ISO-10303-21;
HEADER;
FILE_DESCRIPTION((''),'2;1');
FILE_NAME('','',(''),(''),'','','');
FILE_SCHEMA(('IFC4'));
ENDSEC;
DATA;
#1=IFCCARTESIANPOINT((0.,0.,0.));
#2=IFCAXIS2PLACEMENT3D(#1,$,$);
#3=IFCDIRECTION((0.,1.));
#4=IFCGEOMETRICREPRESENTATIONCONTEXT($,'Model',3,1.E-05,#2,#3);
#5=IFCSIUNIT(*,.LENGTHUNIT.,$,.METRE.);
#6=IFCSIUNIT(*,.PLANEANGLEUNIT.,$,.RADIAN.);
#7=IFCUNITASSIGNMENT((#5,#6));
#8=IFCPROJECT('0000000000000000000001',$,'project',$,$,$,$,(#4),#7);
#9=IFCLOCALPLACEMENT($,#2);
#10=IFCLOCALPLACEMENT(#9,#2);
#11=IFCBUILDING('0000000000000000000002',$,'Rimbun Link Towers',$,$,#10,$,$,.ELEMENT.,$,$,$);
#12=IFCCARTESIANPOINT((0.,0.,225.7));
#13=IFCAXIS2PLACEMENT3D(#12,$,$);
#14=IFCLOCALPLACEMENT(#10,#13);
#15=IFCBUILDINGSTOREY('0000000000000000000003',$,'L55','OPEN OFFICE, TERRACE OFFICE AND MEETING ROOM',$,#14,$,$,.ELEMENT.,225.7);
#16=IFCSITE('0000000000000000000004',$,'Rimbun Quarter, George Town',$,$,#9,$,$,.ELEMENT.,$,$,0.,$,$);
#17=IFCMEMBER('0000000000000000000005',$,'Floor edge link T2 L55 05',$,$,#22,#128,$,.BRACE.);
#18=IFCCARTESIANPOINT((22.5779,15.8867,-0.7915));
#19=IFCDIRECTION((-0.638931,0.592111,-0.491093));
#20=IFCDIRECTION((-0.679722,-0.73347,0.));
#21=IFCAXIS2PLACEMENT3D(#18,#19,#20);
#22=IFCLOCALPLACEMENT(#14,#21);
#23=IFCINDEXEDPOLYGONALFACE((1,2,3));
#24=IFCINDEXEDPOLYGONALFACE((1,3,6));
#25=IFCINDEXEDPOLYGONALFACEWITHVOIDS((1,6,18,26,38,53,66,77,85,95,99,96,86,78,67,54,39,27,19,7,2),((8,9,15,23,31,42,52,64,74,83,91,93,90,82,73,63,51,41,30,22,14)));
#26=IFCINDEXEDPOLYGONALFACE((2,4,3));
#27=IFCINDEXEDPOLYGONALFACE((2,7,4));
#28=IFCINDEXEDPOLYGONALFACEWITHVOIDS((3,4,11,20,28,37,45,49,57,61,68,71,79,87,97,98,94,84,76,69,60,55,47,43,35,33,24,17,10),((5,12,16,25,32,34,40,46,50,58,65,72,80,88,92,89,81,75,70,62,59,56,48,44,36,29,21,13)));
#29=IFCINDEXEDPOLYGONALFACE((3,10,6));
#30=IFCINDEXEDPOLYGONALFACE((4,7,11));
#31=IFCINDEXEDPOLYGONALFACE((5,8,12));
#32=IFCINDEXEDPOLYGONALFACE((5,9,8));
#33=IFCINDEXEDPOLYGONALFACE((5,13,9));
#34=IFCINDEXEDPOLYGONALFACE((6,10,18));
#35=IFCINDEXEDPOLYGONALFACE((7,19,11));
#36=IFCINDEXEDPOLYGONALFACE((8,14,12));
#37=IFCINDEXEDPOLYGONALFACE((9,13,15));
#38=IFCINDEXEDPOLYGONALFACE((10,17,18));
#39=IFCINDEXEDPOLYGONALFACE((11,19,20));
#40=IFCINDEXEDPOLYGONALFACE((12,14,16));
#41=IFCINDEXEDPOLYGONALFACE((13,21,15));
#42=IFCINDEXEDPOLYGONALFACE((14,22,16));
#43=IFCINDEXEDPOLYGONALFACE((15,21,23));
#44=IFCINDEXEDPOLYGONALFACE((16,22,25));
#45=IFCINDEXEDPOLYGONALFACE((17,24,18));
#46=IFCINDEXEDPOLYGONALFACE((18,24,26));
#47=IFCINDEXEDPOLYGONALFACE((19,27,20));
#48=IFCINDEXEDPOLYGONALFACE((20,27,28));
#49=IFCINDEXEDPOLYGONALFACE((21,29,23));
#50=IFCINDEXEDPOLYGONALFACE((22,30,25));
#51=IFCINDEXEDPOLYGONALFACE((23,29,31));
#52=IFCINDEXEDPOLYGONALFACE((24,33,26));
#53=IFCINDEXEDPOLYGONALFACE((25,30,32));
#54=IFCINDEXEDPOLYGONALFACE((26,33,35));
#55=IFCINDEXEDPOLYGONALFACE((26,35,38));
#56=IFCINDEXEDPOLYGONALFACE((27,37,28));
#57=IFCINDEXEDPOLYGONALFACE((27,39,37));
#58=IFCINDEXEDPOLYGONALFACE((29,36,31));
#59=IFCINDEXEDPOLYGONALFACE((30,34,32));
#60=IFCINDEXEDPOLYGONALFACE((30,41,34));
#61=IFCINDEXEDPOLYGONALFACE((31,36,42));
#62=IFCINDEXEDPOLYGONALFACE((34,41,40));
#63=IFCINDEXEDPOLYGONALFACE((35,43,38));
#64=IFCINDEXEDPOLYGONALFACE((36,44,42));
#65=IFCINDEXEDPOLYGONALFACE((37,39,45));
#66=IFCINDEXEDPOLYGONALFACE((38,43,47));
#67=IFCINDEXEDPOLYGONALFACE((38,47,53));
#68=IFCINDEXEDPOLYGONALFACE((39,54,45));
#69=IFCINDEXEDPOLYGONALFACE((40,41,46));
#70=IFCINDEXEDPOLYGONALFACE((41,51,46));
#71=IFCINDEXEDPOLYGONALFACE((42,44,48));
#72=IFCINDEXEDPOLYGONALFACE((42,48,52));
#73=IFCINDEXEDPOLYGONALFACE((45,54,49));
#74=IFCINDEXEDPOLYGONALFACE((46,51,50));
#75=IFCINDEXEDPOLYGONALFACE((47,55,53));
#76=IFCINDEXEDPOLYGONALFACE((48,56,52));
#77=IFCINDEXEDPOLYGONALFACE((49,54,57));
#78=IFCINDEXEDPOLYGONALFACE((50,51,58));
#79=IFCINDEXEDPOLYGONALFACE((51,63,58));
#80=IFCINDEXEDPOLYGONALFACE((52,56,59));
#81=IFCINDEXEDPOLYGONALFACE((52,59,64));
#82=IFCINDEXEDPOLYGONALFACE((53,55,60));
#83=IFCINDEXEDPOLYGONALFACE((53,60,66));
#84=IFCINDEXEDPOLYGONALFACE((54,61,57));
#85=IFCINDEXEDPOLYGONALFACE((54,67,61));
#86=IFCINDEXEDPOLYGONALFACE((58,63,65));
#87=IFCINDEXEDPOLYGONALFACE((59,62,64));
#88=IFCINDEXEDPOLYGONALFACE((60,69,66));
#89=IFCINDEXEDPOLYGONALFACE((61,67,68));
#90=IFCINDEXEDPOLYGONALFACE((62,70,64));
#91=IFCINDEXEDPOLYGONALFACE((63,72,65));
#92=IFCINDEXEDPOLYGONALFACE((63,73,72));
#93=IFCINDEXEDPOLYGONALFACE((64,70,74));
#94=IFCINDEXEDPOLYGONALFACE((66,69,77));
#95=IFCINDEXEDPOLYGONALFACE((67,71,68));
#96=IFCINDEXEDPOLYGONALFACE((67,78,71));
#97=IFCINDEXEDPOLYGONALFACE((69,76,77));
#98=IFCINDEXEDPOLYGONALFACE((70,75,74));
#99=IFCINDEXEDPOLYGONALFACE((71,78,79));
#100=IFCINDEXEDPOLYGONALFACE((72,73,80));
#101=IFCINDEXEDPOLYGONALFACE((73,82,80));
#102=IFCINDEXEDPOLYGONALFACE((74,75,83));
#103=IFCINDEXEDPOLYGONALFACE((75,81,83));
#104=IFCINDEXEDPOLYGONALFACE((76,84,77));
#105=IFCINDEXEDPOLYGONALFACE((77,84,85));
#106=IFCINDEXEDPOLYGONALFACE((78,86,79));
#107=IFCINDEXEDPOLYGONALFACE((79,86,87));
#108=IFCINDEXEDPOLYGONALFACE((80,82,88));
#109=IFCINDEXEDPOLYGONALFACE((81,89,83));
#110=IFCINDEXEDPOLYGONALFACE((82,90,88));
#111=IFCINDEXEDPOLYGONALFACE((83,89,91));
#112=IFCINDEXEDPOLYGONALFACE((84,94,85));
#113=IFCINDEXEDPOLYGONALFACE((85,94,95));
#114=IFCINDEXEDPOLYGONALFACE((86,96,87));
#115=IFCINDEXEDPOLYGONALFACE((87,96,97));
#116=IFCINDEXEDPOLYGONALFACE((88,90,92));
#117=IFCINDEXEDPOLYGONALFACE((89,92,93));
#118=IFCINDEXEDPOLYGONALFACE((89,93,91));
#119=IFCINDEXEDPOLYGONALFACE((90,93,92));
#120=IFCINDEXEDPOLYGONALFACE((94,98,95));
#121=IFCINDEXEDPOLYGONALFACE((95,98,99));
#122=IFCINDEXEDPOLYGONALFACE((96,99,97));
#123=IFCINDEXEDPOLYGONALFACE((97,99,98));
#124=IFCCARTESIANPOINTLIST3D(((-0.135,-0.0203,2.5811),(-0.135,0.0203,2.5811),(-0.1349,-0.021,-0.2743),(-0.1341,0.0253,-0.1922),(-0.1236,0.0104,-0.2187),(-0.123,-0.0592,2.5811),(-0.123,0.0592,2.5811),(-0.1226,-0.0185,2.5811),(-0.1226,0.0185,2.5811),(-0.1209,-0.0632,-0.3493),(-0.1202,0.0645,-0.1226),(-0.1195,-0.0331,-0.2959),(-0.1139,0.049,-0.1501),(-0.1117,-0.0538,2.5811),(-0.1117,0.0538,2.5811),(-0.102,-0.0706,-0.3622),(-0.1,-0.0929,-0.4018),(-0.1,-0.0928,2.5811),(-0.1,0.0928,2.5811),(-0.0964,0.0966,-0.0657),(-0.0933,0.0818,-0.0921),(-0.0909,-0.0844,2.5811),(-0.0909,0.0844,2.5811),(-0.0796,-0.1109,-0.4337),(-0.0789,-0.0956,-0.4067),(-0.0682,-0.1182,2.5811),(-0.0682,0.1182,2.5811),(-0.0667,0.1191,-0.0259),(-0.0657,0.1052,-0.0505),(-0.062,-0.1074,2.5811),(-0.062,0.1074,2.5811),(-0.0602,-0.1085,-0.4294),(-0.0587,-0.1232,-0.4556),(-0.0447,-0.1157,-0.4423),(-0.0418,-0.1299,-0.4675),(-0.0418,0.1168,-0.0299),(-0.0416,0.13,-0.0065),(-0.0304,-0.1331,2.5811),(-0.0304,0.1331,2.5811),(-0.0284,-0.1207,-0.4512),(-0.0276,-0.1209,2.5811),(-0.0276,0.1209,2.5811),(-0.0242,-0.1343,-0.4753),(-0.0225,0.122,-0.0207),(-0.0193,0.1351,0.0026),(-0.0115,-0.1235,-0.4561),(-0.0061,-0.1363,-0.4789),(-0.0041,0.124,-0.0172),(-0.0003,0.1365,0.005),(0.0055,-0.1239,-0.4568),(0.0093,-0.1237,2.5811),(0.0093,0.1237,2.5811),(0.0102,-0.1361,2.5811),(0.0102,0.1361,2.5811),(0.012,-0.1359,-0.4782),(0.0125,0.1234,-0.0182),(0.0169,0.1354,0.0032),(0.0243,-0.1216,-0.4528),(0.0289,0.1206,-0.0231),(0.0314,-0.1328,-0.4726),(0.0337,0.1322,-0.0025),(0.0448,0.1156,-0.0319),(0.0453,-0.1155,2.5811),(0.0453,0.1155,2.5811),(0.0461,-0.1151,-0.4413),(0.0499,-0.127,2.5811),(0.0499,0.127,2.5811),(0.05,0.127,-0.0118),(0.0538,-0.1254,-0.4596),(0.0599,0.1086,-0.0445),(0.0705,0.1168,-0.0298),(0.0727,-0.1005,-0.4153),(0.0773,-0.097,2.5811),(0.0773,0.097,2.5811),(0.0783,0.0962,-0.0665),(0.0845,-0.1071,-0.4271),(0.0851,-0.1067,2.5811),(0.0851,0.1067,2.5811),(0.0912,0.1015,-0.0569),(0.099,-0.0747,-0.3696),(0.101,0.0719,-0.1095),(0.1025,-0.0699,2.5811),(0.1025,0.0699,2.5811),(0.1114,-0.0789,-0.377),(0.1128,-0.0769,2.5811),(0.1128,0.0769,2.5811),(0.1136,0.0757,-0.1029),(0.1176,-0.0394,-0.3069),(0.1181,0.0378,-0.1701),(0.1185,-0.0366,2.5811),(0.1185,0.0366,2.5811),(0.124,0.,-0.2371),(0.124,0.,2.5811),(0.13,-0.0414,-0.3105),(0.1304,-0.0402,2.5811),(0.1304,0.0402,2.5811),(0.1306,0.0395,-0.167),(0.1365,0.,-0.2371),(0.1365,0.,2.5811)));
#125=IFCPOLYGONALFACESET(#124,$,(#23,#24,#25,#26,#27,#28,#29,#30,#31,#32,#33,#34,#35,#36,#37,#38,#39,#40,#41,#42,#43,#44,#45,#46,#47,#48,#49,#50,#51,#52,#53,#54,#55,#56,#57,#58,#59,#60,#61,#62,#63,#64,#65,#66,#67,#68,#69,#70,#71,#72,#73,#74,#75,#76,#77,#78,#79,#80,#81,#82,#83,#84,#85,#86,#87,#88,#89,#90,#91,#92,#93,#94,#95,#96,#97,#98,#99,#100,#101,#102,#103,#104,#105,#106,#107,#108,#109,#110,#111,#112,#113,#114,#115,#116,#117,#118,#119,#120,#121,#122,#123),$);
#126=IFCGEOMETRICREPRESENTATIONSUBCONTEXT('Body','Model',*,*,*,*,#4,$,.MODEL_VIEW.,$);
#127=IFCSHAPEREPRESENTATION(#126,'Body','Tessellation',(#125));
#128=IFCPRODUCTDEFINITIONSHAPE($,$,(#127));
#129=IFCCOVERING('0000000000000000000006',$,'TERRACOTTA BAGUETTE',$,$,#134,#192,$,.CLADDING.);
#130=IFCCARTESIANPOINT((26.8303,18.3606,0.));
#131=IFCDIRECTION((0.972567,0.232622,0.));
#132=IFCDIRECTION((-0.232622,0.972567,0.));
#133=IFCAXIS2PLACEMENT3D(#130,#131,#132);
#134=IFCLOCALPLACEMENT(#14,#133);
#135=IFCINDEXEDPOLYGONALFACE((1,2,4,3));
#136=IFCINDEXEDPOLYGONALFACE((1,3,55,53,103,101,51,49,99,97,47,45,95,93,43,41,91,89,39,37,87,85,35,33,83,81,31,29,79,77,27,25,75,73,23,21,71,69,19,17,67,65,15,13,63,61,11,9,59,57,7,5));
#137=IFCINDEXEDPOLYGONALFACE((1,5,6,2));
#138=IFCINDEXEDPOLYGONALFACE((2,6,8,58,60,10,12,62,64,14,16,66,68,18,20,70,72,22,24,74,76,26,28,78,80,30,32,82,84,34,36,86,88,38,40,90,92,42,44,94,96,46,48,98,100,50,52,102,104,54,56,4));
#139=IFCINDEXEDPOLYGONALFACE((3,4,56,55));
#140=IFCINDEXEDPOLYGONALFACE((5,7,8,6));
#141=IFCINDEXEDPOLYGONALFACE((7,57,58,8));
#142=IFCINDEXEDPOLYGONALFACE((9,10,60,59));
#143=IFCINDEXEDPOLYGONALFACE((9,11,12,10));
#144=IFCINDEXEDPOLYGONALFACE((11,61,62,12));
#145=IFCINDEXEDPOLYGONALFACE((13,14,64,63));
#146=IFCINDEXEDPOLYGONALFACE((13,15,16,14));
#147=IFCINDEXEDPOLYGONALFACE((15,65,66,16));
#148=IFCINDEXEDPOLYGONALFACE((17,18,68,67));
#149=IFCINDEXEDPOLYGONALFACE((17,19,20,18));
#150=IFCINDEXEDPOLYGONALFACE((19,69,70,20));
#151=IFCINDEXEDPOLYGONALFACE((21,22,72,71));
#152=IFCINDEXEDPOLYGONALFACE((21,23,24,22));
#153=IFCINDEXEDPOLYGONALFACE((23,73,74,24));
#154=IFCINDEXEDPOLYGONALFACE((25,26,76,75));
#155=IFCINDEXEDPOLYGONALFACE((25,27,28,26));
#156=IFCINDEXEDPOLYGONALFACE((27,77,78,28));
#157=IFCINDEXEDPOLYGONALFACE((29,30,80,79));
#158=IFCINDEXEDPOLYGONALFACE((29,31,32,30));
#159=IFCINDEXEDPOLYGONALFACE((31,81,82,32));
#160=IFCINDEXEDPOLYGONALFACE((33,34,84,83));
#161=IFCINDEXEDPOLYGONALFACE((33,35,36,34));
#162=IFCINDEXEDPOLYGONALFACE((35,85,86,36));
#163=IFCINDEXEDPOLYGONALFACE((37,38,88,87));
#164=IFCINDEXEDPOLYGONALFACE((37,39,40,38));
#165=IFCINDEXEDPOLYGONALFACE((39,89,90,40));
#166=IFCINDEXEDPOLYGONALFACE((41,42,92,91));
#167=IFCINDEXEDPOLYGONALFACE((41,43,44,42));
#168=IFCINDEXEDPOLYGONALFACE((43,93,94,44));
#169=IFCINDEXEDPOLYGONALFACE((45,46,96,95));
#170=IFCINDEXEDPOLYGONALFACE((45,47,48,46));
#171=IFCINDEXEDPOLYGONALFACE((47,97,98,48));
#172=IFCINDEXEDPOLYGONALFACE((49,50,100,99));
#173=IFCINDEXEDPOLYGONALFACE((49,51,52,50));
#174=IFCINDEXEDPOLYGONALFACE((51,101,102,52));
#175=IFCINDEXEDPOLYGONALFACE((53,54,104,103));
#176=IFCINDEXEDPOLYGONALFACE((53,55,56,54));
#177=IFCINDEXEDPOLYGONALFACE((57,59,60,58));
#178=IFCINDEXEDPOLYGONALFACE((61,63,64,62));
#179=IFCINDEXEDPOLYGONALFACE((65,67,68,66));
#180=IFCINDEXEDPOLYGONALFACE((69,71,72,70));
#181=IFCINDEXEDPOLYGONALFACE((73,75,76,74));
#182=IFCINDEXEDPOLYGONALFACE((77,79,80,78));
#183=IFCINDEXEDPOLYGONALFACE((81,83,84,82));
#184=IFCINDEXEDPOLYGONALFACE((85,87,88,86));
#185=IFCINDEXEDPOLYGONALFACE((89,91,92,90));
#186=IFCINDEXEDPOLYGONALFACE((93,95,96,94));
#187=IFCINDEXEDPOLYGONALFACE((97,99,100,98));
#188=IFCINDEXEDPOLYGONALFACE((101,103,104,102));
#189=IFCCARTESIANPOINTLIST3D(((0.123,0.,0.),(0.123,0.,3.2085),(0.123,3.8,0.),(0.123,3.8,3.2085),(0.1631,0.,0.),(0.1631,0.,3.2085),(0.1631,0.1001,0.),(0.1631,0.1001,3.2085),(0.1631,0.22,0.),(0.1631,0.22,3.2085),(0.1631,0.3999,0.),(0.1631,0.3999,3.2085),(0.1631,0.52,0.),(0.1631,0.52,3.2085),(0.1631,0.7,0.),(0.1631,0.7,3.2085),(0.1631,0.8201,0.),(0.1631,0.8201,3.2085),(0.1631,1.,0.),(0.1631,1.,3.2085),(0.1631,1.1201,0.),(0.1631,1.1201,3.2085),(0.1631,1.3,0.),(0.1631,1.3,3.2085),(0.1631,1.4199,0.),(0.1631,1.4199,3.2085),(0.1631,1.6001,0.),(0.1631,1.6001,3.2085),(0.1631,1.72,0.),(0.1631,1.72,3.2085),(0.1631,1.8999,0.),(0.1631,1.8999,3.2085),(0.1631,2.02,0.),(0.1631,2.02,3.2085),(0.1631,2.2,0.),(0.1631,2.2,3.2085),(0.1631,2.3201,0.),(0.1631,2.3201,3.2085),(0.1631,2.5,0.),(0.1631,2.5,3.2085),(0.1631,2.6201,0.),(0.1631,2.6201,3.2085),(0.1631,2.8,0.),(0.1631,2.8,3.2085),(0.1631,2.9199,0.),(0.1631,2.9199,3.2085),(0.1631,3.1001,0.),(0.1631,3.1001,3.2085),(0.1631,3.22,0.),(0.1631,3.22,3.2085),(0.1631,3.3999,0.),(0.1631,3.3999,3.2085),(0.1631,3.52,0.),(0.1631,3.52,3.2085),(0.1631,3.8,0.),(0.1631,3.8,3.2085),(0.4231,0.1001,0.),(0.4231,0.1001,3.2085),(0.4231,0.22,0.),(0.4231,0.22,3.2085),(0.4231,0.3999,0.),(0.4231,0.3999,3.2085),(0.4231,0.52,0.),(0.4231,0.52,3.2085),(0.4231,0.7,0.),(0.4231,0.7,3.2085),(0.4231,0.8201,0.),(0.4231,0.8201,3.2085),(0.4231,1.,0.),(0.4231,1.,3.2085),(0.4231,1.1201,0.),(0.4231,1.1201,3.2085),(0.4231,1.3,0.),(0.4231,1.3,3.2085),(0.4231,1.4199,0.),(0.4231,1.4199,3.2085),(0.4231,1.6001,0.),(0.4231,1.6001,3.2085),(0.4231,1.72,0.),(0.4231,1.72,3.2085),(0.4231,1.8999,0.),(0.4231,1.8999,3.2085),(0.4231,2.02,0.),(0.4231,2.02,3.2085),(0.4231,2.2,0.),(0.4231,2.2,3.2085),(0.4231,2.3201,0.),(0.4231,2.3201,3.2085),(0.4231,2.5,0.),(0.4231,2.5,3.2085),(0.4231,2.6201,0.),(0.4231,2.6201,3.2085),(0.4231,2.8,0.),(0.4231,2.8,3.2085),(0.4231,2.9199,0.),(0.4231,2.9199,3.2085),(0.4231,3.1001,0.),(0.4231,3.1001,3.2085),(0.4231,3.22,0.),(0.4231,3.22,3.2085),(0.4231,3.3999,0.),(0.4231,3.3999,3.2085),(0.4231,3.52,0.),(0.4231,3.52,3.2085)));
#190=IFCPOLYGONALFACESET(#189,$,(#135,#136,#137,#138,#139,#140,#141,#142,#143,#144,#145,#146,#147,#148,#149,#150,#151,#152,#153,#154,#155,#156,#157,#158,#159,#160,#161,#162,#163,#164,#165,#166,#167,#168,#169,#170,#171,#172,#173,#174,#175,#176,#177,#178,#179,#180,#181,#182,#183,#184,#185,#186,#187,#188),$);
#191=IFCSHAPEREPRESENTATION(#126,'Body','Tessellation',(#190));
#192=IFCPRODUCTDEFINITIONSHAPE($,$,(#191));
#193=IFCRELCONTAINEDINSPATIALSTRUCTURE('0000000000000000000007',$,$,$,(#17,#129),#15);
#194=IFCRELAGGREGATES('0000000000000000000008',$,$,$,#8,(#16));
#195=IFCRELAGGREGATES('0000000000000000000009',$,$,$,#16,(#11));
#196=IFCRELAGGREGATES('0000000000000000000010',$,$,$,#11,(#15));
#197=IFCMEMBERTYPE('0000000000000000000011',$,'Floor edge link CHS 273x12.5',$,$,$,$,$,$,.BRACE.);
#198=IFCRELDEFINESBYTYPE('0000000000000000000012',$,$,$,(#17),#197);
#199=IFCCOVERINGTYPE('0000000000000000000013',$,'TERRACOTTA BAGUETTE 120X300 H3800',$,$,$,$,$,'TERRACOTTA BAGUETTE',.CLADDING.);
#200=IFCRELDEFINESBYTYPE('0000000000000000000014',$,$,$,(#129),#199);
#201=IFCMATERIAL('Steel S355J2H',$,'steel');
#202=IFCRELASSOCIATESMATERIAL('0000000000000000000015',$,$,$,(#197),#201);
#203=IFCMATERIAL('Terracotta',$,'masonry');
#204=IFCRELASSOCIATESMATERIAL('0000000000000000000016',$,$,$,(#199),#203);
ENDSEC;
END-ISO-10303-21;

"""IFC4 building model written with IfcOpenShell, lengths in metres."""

from ifc_helpers import new_model, si_unit, direction, frame, origin, origin_2d, place, context, subcontext, project, spatial, polyline, hollow_circle, outline, extrude, clip, halfspace, material, material_profile, profile_set, type_object, element, save


model = new_model("IFC4")

# Units and contexts
model_context = context("Model", 3, precision=1e-05, world=origin(), true_north=direction((0.0, 1.0)))
body_context = subcontext(model_context, "Body", "Model", "MODEL_VIEW")
ifc_project = project(units=[si_unit("LENGTHUNIT", "METRE"), si_unit("PLANEANGLEUNIT", "RADIAN")], contexts=[model_context])

# Site, building, storey
site_placement = place(None, origin())
site = spatial("IfcSite", under=ifc_project, at=site_placement, Name="Rimbun Quarter, George Town", CompositionType="ELEMENT", RefElevation=0.0)
building_placement = place(site_placement, origin())
building = spatial("IfcBuilding", under=site, at=building_placement, Name="Rimbun Link Towers", CompositionType="ELEMENT")
storey_placement = place(building_placement, frame((0.0, 0.0, 225.7)))
storey = spatial("IfcBuildingStorey", under=building, at=storey_placement, Name="L55", Description="OPEN OFFICE, TERRACE OFFICE AND MEETING ROOM", CompositionType="ELEMENT", Elevation=225.7)

# Member
ifc_material_1 = material(Name="Steel S355J2H", Category="steel")
ifc_material_profile_1 = material_profile(ifc_material_1, hollow_circle(Radius=0.1365, WallThickness=0.0125, at=origin_2d()), Name="CHS 273x12.5")
ifc_profile_set_1 = profile_set([ifc_material_profile_1], Name="Steel S355J2H")
member_type_1 = type_object("IfcMemberType", Name="Floor edge link CHS 273x12.5", PredefinedType="BRACE", material=ifc_profile_set_1)
member_1_placement = place(storey_placement, frame((22.5779, 15.8867, -0.7915), z_axis=(-0.638931, 0.592111, -0.491093), x_axis=(-0.679722, -0.73347, 0.0)))
element("IfcMember", 1, at=member_1_placement, inside=storey, type_object=member_type_1, Name="Floor edge link T2 L55 05", PredefinedType="BRACE", context=body_context, shape_type="Clipping", body=[
    clip(extrude(hollow_circle(Radius=0.1365, WallThickness=0.0125, at=origin_2d()), frame((0.0, 0.0, -0.5046)), (0.0, 0.0, 1.0), 3.0857), halfspace(frame((0.0, 0.0, -0.2371), z_axis=(0.0, 0.871107, -0.491093)), False)),
])

# Covering
ifc_material_2 = material(Name="Terracotta", Category="masonry")
ifc_material_profile_2 = material_profile(ifc_material_2, outline(polyline([(0.123, 0.0), (0.1631, 0.0), (0.1631, 0.1001), (0.4231, 0.1001), (0.4231, 0.22), (0.1631, 0.22), (0.1631, 0.3999), (0.4231, 0.3999), (0.4231, 0.52), (0.1631, 0.52), (0.1631, 0.7), (0.4231, 0.7), (0.4231, 0.8201), (0.1631, 0.8201), (0.1631, 1.0), (0.4231, 1.0), (0.4231, 1.1201), (0.1631, 1.1201), (0.1631, 1.3), (0.4231, 1.3), (0.4231, 1.4199), (0.1631, 1.4199), (0.1631, 1.6001), (0.4231, 1.6001), (0.4231, 1.72), (0.1631, 1.72), (0.1631, 1.8999), (0.4231, 1.8999), (0.4231, 2.02), (0.1631, 2.02), (0.1631, 2.2), (0.4231, 2.2), (0.4231, 2.3201), (0.1631, 2.3201), (0.1631, 2.5), (0.4231, 2.5), (0.4231, 2.6201), (0.1631, 2.6201), (0.1631, 2.8), (0.4231, 2.8), (0.4231, 2.9199), (0.1631, 2.9199), (0.1631, 3.1001), (0.4231, 3.1001), (0.4231, 3.22), (0.1631, 3.22), (0.1631, 3.3999), (0.4231, 3.3999), (0.4231, 3.52), (0.1631, 3.52), (0.1631, 3.8), (0.123, 3.8), (0.123, 0.0)])), Name="BAGUETTE 120X300")
ifc_profile_set_2 = profile_set([ifc_material_profile_2], Name="Terracotta")
covering_type = type_object("IfcCoveringType", Name="TERRACOTTA BAGUETTE 120X300 H3800", ElementType="TERRACOTTA BAGUETTE", PredefinedType="CLADDING", material=ifc_profile_set_2)
covering_1_placement = place(storey_placement, frame((26.8303, 18.3606, 0.0), z_axis=(0.972567, 0.232622, 0.0), x_axis=(-0.232622, 0.972567, 0.0)))
element("IfcCovering", 2, at=covering_1_placement, inside=storey, type_object=covering_type, Name="TERRACOTTA BAGUETTE", PredefinedType="CLADDING", context=body_context, shape_type="SweptSolid", body=[
    extrude(outline(polyline([(0.123, 0.0), (0.1631, 0.0), (0.1631, 0.1001), (0.4231, 0.1001), (0.4231, 0.22), (0.1631, 0.22), (0.1631, 0.3999), (0.4231, 0.3999), (0.4231, 0.52), (0.1631, 0.52), (0.1631, 0.7), (0.4231, 0.7), (0.4231, 0.8201), (0.1631, 0.8201), (0.1631, 1.0), (0.4231, 1.0), (0.4231, 1.1201), (0.1631, 1.1201), (0.1631, 1.3), (0.4231, 1.3), (0.4231, 1.4199), (0.1631, 1.4199), (0.1631, 1.6001), (0.4231, 1.6001), (0.4231, 1.72), (0.1631, 1.72), (0.1631, 1.8999), (0.4231, 1.8999), (0.4231, 2.02), (0.1631, 2.02), (0.1631, 2.2), (0.4231, 2.2), (0.4231, 2.3201), (0.1631, 2.3201), (0.1631, 2.5), (0.4231, 2.5), (0.4231, 2.6201), (0.1631, 2.6201), (0.1631, 2.8), (0.4231, 2.8), (0.4231, 2.9199), (0.1631, 2.9199), (0.1631, 3.1001), (0.4231, 3.1001), (0.4231, 3.22), (0.1631, 3.22), (0.1631, 3.3999), (0.4231, 3.3999), (0.4231, 3.52), (0.1631, 3.52), (0.1631, 3.8), (0.123, 3.8), (0.123, 0.0)])), origin(), (0.0, 0.0, 1.0), 3.2085),
])

save(model, "model.ifc")
